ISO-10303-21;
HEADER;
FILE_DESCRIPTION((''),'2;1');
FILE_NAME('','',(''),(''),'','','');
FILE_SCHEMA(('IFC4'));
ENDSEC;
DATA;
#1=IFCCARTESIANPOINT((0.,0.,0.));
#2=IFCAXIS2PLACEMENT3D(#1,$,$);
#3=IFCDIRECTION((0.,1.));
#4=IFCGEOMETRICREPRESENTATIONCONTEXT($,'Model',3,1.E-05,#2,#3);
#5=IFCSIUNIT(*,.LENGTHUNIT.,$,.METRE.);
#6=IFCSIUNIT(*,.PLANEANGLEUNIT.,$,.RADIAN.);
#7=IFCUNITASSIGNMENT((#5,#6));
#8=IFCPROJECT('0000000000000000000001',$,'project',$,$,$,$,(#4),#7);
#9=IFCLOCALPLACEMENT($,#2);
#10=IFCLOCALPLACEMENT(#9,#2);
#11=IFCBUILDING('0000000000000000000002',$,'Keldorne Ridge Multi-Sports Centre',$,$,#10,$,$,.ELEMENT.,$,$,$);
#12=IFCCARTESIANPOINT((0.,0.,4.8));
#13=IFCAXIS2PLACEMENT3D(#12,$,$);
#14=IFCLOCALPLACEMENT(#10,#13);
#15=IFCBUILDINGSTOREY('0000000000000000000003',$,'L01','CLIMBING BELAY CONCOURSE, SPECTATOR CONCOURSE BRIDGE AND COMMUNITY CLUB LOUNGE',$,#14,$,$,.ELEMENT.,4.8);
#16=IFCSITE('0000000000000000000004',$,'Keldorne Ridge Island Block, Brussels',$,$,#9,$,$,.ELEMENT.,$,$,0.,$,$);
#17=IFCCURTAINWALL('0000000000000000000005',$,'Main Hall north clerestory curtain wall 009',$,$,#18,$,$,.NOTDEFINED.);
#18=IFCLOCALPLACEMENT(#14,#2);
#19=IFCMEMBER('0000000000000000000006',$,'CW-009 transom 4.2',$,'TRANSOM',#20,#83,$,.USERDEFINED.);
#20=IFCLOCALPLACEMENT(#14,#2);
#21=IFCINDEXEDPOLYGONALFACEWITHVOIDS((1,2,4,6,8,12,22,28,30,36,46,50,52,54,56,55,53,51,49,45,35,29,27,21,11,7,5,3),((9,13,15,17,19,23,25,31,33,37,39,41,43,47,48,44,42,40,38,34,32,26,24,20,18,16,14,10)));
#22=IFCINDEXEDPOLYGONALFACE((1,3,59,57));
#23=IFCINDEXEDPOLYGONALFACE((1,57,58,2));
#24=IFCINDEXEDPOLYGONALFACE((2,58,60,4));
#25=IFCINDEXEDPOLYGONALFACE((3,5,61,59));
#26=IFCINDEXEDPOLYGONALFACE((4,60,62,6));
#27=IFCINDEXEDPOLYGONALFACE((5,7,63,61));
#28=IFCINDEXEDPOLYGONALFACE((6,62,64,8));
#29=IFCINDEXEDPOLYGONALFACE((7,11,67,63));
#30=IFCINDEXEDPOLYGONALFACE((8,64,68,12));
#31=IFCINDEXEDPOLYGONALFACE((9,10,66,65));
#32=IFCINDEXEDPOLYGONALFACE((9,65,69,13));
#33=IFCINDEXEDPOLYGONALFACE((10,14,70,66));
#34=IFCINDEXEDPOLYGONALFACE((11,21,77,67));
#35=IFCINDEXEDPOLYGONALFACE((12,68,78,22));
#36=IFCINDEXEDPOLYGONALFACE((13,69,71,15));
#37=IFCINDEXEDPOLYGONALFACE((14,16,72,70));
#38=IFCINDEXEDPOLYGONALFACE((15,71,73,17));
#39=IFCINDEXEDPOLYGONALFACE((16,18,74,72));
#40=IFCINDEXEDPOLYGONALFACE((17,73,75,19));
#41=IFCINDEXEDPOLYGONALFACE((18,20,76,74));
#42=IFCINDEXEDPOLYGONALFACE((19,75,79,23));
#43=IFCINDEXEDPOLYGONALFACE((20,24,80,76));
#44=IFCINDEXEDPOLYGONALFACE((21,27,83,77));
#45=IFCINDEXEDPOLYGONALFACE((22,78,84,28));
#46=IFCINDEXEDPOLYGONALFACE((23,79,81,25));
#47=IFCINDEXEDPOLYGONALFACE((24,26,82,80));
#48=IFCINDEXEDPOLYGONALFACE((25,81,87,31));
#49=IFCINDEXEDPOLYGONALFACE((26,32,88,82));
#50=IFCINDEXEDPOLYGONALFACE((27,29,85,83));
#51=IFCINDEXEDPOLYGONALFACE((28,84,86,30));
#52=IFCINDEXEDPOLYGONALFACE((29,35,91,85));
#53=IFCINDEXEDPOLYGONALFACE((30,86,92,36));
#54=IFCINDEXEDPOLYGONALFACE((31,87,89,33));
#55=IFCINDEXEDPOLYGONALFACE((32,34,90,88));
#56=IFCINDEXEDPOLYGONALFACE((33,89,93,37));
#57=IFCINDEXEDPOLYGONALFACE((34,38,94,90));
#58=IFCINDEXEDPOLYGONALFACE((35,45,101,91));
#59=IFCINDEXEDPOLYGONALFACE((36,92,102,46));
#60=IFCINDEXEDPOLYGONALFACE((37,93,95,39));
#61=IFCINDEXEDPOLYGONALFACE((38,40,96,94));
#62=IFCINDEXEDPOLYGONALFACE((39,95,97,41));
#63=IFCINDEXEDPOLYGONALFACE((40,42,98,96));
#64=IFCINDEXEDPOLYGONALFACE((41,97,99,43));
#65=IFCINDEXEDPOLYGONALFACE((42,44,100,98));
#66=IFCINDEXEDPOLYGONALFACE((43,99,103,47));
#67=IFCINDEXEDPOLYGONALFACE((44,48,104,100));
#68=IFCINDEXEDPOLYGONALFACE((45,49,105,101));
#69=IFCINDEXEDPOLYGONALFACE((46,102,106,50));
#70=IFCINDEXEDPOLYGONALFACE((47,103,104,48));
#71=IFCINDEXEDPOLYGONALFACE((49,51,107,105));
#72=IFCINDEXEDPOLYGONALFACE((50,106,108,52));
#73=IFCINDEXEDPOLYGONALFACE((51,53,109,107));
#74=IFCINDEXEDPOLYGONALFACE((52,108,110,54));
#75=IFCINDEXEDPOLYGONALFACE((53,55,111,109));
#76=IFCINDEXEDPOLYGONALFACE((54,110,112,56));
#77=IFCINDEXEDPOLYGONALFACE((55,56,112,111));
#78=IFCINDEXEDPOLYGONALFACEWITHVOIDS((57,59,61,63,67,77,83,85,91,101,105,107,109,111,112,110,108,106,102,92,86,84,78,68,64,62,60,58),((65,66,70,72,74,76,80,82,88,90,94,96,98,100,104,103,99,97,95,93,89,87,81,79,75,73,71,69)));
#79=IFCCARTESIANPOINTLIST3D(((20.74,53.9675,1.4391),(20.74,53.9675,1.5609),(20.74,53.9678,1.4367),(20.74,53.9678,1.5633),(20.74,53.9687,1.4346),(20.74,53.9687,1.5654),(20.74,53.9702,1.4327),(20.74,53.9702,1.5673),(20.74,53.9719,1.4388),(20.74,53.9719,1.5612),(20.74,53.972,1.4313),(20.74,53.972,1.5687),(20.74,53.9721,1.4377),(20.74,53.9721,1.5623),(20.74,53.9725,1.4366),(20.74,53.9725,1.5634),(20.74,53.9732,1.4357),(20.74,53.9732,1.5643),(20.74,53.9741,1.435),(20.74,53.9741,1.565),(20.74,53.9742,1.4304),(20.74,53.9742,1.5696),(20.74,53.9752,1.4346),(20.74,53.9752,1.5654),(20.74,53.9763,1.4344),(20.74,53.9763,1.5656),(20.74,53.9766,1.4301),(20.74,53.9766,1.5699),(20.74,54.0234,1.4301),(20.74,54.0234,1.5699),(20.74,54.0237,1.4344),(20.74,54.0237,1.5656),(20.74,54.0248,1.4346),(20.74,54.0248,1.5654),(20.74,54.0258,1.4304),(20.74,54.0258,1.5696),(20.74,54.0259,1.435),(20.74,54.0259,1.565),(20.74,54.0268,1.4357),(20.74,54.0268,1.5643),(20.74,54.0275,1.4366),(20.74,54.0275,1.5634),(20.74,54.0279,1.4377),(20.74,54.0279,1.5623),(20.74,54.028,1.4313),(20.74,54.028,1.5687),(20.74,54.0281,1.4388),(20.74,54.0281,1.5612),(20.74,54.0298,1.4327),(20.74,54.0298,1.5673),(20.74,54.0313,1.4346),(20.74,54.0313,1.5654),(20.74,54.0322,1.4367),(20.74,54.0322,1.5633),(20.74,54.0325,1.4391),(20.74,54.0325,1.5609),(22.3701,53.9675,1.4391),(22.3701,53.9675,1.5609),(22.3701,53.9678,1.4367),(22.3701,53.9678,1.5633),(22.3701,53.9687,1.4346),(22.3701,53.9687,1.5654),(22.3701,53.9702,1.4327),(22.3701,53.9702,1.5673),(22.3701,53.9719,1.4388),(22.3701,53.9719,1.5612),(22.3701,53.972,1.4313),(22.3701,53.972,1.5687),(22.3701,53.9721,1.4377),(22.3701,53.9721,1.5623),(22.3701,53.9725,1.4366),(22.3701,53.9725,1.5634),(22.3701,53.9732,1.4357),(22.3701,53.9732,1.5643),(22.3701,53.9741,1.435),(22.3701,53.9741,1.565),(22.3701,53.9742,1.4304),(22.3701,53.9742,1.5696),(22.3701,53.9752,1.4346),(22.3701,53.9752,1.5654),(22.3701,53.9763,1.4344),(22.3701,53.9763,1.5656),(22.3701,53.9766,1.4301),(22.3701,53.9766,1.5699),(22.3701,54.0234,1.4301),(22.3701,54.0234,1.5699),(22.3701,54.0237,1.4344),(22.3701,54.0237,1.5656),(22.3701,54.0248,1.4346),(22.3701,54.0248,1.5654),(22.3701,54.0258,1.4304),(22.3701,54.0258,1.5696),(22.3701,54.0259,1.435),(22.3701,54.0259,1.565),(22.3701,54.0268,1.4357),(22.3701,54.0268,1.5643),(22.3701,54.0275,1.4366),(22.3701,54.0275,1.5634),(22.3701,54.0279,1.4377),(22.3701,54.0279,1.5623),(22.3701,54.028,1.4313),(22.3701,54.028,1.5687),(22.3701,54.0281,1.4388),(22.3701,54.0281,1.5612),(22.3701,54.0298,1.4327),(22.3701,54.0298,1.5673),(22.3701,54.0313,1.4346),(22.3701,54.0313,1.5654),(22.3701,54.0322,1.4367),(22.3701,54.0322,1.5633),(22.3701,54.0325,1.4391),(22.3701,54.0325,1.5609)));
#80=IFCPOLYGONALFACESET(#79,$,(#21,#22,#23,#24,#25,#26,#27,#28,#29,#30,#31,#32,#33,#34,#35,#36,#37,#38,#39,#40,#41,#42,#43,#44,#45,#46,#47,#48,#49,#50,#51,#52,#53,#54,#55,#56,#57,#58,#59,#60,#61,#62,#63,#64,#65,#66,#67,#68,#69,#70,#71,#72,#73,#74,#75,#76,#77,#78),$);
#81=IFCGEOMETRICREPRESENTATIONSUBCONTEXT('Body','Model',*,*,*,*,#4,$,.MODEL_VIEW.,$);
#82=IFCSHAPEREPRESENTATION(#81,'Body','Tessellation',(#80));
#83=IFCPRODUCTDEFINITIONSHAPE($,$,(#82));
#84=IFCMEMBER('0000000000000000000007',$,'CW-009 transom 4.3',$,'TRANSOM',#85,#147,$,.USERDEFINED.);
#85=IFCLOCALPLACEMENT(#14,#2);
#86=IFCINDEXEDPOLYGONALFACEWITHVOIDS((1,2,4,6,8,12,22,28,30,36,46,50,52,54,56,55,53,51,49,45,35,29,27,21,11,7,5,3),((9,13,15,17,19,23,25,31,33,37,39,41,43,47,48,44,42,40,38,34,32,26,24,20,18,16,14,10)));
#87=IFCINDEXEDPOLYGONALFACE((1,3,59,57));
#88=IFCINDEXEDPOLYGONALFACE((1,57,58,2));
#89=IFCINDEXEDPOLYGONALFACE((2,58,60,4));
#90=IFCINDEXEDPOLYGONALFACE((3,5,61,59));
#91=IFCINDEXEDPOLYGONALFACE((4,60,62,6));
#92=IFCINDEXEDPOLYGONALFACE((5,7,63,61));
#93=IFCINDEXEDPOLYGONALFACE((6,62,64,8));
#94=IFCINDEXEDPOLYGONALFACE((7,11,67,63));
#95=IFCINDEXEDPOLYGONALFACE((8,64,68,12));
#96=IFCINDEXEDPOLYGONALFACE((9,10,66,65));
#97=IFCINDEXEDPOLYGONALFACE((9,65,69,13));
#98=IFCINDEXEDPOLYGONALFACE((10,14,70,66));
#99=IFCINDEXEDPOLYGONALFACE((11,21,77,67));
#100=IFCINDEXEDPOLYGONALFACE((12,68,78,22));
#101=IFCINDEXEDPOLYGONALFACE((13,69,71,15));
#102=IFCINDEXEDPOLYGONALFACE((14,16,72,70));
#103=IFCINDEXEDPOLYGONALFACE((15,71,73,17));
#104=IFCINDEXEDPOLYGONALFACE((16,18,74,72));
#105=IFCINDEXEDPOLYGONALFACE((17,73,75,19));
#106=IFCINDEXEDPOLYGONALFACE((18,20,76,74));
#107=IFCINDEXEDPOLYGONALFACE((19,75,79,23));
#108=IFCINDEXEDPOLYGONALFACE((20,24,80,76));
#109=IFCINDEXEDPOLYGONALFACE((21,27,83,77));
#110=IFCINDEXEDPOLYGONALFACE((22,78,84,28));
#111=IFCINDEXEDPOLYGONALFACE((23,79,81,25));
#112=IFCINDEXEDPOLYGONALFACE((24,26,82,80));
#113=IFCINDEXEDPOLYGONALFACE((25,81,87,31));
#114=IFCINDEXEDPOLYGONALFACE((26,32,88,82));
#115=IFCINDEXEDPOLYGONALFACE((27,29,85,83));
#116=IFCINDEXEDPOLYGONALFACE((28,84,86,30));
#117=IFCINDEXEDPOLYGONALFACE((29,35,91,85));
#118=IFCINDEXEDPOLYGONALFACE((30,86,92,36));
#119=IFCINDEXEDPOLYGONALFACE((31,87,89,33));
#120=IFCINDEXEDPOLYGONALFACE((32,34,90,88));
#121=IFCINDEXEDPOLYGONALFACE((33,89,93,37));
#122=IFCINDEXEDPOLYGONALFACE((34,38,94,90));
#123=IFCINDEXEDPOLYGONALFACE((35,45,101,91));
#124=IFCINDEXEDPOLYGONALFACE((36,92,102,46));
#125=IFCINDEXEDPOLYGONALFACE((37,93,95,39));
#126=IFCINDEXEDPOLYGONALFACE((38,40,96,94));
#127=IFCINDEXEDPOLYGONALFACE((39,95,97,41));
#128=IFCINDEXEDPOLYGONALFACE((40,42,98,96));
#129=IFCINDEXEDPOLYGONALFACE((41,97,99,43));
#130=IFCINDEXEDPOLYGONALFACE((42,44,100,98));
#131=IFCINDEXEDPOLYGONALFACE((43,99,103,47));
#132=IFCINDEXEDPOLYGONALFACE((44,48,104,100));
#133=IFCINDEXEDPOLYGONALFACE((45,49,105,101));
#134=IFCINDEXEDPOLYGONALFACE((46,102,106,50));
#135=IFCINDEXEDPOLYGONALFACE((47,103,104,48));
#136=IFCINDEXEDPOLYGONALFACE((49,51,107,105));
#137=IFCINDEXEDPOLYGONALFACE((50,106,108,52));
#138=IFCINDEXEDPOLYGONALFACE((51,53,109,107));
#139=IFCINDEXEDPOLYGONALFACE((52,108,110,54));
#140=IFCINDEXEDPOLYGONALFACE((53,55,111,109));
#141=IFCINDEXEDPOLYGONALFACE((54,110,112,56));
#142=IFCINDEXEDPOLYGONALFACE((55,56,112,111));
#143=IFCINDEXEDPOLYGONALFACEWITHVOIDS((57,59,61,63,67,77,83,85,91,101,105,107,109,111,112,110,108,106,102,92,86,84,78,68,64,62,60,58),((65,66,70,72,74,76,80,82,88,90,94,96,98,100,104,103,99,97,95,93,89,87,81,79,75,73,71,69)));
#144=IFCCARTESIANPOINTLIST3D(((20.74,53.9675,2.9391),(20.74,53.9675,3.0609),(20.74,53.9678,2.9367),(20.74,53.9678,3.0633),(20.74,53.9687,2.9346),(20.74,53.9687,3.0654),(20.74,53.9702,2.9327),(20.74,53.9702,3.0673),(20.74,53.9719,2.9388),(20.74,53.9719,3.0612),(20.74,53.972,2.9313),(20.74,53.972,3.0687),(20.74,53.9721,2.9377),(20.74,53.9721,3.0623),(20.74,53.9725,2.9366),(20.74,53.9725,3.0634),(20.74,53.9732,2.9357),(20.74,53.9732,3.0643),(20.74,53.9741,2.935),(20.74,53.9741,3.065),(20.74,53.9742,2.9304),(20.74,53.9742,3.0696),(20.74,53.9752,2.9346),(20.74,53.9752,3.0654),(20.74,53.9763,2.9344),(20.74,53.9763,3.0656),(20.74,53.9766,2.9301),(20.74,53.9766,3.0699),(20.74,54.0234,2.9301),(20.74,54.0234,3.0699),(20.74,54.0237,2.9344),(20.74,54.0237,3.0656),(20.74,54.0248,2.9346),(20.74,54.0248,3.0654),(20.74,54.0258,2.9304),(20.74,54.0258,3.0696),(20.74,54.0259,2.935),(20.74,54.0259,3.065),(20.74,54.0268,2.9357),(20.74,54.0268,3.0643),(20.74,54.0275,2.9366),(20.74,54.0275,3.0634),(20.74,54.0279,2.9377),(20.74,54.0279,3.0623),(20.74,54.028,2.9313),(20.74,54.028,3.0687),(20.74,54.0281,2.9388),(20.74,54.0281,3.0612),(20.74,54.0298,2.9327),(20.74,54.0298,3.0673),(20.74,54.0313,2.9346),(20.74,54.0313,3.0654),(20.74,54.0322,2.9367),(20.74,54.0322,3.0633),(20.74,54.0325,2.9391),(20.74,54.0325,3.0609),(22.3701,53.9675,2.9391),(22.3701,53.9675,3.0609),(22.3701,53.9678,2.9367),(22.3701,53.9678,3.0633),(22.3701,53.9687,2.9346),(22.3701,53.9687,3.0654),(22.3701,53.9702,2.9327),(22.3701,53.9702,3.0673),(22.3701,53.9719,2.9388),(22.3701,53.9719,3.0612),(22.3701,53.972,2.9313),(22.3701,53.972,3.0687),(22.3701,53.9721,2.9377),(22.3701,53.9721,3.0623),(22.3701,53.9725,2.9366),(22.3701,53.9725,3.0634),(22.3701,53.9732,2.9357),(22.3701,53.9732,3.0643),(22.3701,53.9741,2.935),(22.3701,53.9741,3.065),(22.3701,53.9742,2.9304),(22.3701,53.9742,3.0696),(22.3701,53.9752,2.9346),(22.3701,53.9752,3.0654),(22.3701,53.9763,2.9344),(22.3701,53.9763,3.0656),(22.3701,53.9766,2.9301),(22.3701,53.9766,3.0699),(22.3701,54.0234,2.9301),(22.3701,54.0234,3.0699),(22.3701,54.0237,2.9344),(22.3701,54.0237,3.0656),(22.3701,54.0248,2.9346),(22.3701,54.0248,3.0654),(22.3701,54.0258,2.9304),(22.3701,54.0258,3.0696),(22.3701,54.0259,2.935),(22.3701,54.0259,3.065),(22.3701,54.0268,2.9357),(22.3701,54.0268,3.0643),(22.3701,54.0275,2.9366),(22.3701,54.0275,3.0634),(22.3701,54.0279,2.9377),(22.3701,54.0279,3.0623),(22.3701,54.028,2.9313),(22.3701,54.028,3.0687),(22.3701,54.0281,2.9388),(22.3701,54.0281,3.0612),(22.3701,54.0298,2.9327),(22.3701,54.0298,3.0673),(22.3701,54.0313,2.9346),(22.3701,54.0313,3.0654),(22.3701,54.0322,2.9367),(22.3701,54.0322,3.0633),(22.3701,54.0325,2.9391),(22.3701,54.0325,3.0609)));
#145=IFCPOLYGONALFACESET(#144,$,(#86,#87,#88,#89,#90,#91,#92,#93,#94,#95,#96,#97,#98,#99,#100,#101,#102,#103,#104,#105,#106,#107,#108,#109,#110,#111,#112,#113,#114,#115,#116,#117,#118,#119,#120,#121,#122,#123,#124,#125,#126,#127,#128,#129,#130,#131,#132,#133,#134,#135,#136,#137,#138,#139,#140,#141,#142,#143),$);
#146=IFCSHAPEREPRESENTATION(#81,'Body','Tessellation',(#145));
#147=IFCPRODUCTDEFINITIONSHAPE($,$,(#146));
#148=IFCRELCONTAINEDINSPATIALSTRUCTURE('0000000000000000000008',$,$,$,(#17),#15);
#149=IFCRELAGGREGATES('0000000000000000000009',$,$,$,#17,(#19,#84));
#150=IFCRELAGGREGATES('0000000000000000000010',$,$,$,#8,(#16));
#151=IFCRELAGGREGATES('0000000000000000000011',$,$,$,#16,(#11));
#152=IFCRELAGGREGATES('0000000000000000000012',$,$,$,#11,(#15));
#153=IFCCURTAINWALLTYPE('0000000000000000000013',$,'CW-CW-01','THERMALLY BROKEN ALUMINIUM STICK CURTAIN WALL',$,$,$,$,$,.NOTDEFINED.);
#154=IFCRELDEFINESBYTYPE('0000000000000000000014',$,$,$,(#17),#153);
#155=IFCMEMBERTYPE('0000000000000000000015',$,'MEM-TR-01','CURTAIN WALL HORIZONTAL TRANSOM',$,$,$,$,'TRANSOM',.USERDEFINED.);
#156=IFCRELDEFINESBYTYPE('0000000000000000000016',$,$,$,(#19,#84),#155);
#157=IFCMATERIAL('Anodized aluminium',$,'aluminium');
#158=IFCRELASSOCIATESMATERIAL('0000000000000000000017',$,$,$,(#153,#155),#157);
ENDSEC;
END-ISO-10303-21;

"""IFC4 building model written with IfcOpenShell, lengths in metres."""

from ifc_helpers import new_model, si_unit, direction, frame, origin, origin_2d, place, context, subcontext, project, spatial, hollow_rectangle, extrude, material, material_profile, profile_set, type_object, element, aggregate, save


model = new_model("IFC4")

# Units and contexts
model_context = context("Model", 3, precision=1e-05, world=origin(), true_north=direction((0.0, 1.0)))
body_context = subcontext(model_context, "Body", "Model", "MODEL_VIEW")
ifc_project = project(units=[si_unit("LENGTHUNIT", "METRE"), si_unit("PLANEANGLEUNIT", "RADIAN")], contexts=[model_context])

# Site, building, storey
site_placement = place(None, origin())
site = spatial("IfcSite", under=ifc_project, at=site_placement, Name="Keldorne Ridge Island Block, Brussels", CompositionType="ELEMENT", RefElevation=0.0)
building_placement = place(site_placement, origin())
building = spatial("IfcBuilding", under=site, at=building_placement, Name="Keldorne Ridge Multi-Sports Centre", CompositionType="ELEMENT")
storey_placement = place(building_placement, frame((0.0, 0.0, 4.8)))
storey = spatial("IfcBuildingStorey", under=building, at=storey_placement, Name="L01", Description="CLIMBING BELAY CONCOURSE, SPECTATOR CONCOURSE BRIDGE AND COMMUNITY CLUB LOUNGE", CompositionType="ELEMENT", Elevation=4.8)

# Curtain wall
ifc_material_1 = material(Name="Anodized aluminium", Category="aluminium")
curtain_wall_type_1 = type_object("IfcCurtainWallType", Name="CW-CW-01", Description="THERMALLY BROKEN ALUMINIUM STICK CURTAIN WALL", PredefinedType="NOTDEFINED", material=ifc_material_1)
curtain_wall_1_placement = place(storey_placement, origin())
curtain_wall_1 = element("IfcCurtainWall", 1, at=curtain_wall_1_placement, inside=storey, type_object=curtain_wall_type_1, Name="Main Hall north clerestory curtain wall 009", PredefinedType="NOTDEFINED")

# Members
ifc_material_profile_1 = material_profile(ifc_material_1, hollow_rectangle(XDim=0.0649, YDim=0.1399, WallThickness=0.0044, InnerFilletRadius=0.0044, OuterFilletRadius=0.009, at=origin_2d()), Name="ALU TRANSOM 140x65x4.5")
ifc_profile_set_1 = profile_set([ifc_material_profile_1], Name="Anodized aluminium")
member_type_1 = type_object("IfcMemberType", Name="MEM-TR-01", Description="CURTAIN WALL HORIZONTAL TRANSOM", ElementType="TRANSOM", PredefinedType="USERDEFINED", material=ifc_profile_set_1)
member_1_placement = place(storey_placement, frame((22.3701, 54.0, 1.5), z_axis=(-1.0, 0.0, 0.0), x_axis=(0.0, -1.0, 0.0)))
member_1 = element("IfcMember", 2, at=member_1_placement, type_object=member_type_1, Name="CW-009 transom 4.2", ObjectType="TRANSOM", PredefinedType="USERDEFINED", context=body_context, shape_type="SweptSolid", body=[
    extrude(hollow_rectangle(XDim=0.0649, YDim=0.1399, WallThickness=0.0044, InnerFilletRadius=0.0044, OuterFilletRadius=0.009, at=origin_2d()), origin(), (0.0, 0.0, 1.0), 1.6301),
])
member_2_placement = place(storey_placement, frame((22.3701, 54.0, 3.0), z_axis=(-1.0, 0.0, 0.0), x_axis=(0.0, -1.0, 0.0)))
member_2 = element("IfcMember", 3, at=member_2_placement, type_object=member_type_1, Name="CW-009 transom 4.3", ObjectType="TRANSOM", PredefinedType="USERDEFINED", context=body_context, shape_type="SweptSolid", body=[
    extrude(hollow_rectangle(XDim=0.0649, YDim=0.1399, WallThickness=0.0044, InnerFilletRadius=0.0044, OuterFilletRadius=0.009, at=origin_2d()), origin(), (0.0, 0.0, 1.0), 1.6301),
])

aggregate(curtain_wall_1, [member_1, member_2])

save(model, "model.ifc")
